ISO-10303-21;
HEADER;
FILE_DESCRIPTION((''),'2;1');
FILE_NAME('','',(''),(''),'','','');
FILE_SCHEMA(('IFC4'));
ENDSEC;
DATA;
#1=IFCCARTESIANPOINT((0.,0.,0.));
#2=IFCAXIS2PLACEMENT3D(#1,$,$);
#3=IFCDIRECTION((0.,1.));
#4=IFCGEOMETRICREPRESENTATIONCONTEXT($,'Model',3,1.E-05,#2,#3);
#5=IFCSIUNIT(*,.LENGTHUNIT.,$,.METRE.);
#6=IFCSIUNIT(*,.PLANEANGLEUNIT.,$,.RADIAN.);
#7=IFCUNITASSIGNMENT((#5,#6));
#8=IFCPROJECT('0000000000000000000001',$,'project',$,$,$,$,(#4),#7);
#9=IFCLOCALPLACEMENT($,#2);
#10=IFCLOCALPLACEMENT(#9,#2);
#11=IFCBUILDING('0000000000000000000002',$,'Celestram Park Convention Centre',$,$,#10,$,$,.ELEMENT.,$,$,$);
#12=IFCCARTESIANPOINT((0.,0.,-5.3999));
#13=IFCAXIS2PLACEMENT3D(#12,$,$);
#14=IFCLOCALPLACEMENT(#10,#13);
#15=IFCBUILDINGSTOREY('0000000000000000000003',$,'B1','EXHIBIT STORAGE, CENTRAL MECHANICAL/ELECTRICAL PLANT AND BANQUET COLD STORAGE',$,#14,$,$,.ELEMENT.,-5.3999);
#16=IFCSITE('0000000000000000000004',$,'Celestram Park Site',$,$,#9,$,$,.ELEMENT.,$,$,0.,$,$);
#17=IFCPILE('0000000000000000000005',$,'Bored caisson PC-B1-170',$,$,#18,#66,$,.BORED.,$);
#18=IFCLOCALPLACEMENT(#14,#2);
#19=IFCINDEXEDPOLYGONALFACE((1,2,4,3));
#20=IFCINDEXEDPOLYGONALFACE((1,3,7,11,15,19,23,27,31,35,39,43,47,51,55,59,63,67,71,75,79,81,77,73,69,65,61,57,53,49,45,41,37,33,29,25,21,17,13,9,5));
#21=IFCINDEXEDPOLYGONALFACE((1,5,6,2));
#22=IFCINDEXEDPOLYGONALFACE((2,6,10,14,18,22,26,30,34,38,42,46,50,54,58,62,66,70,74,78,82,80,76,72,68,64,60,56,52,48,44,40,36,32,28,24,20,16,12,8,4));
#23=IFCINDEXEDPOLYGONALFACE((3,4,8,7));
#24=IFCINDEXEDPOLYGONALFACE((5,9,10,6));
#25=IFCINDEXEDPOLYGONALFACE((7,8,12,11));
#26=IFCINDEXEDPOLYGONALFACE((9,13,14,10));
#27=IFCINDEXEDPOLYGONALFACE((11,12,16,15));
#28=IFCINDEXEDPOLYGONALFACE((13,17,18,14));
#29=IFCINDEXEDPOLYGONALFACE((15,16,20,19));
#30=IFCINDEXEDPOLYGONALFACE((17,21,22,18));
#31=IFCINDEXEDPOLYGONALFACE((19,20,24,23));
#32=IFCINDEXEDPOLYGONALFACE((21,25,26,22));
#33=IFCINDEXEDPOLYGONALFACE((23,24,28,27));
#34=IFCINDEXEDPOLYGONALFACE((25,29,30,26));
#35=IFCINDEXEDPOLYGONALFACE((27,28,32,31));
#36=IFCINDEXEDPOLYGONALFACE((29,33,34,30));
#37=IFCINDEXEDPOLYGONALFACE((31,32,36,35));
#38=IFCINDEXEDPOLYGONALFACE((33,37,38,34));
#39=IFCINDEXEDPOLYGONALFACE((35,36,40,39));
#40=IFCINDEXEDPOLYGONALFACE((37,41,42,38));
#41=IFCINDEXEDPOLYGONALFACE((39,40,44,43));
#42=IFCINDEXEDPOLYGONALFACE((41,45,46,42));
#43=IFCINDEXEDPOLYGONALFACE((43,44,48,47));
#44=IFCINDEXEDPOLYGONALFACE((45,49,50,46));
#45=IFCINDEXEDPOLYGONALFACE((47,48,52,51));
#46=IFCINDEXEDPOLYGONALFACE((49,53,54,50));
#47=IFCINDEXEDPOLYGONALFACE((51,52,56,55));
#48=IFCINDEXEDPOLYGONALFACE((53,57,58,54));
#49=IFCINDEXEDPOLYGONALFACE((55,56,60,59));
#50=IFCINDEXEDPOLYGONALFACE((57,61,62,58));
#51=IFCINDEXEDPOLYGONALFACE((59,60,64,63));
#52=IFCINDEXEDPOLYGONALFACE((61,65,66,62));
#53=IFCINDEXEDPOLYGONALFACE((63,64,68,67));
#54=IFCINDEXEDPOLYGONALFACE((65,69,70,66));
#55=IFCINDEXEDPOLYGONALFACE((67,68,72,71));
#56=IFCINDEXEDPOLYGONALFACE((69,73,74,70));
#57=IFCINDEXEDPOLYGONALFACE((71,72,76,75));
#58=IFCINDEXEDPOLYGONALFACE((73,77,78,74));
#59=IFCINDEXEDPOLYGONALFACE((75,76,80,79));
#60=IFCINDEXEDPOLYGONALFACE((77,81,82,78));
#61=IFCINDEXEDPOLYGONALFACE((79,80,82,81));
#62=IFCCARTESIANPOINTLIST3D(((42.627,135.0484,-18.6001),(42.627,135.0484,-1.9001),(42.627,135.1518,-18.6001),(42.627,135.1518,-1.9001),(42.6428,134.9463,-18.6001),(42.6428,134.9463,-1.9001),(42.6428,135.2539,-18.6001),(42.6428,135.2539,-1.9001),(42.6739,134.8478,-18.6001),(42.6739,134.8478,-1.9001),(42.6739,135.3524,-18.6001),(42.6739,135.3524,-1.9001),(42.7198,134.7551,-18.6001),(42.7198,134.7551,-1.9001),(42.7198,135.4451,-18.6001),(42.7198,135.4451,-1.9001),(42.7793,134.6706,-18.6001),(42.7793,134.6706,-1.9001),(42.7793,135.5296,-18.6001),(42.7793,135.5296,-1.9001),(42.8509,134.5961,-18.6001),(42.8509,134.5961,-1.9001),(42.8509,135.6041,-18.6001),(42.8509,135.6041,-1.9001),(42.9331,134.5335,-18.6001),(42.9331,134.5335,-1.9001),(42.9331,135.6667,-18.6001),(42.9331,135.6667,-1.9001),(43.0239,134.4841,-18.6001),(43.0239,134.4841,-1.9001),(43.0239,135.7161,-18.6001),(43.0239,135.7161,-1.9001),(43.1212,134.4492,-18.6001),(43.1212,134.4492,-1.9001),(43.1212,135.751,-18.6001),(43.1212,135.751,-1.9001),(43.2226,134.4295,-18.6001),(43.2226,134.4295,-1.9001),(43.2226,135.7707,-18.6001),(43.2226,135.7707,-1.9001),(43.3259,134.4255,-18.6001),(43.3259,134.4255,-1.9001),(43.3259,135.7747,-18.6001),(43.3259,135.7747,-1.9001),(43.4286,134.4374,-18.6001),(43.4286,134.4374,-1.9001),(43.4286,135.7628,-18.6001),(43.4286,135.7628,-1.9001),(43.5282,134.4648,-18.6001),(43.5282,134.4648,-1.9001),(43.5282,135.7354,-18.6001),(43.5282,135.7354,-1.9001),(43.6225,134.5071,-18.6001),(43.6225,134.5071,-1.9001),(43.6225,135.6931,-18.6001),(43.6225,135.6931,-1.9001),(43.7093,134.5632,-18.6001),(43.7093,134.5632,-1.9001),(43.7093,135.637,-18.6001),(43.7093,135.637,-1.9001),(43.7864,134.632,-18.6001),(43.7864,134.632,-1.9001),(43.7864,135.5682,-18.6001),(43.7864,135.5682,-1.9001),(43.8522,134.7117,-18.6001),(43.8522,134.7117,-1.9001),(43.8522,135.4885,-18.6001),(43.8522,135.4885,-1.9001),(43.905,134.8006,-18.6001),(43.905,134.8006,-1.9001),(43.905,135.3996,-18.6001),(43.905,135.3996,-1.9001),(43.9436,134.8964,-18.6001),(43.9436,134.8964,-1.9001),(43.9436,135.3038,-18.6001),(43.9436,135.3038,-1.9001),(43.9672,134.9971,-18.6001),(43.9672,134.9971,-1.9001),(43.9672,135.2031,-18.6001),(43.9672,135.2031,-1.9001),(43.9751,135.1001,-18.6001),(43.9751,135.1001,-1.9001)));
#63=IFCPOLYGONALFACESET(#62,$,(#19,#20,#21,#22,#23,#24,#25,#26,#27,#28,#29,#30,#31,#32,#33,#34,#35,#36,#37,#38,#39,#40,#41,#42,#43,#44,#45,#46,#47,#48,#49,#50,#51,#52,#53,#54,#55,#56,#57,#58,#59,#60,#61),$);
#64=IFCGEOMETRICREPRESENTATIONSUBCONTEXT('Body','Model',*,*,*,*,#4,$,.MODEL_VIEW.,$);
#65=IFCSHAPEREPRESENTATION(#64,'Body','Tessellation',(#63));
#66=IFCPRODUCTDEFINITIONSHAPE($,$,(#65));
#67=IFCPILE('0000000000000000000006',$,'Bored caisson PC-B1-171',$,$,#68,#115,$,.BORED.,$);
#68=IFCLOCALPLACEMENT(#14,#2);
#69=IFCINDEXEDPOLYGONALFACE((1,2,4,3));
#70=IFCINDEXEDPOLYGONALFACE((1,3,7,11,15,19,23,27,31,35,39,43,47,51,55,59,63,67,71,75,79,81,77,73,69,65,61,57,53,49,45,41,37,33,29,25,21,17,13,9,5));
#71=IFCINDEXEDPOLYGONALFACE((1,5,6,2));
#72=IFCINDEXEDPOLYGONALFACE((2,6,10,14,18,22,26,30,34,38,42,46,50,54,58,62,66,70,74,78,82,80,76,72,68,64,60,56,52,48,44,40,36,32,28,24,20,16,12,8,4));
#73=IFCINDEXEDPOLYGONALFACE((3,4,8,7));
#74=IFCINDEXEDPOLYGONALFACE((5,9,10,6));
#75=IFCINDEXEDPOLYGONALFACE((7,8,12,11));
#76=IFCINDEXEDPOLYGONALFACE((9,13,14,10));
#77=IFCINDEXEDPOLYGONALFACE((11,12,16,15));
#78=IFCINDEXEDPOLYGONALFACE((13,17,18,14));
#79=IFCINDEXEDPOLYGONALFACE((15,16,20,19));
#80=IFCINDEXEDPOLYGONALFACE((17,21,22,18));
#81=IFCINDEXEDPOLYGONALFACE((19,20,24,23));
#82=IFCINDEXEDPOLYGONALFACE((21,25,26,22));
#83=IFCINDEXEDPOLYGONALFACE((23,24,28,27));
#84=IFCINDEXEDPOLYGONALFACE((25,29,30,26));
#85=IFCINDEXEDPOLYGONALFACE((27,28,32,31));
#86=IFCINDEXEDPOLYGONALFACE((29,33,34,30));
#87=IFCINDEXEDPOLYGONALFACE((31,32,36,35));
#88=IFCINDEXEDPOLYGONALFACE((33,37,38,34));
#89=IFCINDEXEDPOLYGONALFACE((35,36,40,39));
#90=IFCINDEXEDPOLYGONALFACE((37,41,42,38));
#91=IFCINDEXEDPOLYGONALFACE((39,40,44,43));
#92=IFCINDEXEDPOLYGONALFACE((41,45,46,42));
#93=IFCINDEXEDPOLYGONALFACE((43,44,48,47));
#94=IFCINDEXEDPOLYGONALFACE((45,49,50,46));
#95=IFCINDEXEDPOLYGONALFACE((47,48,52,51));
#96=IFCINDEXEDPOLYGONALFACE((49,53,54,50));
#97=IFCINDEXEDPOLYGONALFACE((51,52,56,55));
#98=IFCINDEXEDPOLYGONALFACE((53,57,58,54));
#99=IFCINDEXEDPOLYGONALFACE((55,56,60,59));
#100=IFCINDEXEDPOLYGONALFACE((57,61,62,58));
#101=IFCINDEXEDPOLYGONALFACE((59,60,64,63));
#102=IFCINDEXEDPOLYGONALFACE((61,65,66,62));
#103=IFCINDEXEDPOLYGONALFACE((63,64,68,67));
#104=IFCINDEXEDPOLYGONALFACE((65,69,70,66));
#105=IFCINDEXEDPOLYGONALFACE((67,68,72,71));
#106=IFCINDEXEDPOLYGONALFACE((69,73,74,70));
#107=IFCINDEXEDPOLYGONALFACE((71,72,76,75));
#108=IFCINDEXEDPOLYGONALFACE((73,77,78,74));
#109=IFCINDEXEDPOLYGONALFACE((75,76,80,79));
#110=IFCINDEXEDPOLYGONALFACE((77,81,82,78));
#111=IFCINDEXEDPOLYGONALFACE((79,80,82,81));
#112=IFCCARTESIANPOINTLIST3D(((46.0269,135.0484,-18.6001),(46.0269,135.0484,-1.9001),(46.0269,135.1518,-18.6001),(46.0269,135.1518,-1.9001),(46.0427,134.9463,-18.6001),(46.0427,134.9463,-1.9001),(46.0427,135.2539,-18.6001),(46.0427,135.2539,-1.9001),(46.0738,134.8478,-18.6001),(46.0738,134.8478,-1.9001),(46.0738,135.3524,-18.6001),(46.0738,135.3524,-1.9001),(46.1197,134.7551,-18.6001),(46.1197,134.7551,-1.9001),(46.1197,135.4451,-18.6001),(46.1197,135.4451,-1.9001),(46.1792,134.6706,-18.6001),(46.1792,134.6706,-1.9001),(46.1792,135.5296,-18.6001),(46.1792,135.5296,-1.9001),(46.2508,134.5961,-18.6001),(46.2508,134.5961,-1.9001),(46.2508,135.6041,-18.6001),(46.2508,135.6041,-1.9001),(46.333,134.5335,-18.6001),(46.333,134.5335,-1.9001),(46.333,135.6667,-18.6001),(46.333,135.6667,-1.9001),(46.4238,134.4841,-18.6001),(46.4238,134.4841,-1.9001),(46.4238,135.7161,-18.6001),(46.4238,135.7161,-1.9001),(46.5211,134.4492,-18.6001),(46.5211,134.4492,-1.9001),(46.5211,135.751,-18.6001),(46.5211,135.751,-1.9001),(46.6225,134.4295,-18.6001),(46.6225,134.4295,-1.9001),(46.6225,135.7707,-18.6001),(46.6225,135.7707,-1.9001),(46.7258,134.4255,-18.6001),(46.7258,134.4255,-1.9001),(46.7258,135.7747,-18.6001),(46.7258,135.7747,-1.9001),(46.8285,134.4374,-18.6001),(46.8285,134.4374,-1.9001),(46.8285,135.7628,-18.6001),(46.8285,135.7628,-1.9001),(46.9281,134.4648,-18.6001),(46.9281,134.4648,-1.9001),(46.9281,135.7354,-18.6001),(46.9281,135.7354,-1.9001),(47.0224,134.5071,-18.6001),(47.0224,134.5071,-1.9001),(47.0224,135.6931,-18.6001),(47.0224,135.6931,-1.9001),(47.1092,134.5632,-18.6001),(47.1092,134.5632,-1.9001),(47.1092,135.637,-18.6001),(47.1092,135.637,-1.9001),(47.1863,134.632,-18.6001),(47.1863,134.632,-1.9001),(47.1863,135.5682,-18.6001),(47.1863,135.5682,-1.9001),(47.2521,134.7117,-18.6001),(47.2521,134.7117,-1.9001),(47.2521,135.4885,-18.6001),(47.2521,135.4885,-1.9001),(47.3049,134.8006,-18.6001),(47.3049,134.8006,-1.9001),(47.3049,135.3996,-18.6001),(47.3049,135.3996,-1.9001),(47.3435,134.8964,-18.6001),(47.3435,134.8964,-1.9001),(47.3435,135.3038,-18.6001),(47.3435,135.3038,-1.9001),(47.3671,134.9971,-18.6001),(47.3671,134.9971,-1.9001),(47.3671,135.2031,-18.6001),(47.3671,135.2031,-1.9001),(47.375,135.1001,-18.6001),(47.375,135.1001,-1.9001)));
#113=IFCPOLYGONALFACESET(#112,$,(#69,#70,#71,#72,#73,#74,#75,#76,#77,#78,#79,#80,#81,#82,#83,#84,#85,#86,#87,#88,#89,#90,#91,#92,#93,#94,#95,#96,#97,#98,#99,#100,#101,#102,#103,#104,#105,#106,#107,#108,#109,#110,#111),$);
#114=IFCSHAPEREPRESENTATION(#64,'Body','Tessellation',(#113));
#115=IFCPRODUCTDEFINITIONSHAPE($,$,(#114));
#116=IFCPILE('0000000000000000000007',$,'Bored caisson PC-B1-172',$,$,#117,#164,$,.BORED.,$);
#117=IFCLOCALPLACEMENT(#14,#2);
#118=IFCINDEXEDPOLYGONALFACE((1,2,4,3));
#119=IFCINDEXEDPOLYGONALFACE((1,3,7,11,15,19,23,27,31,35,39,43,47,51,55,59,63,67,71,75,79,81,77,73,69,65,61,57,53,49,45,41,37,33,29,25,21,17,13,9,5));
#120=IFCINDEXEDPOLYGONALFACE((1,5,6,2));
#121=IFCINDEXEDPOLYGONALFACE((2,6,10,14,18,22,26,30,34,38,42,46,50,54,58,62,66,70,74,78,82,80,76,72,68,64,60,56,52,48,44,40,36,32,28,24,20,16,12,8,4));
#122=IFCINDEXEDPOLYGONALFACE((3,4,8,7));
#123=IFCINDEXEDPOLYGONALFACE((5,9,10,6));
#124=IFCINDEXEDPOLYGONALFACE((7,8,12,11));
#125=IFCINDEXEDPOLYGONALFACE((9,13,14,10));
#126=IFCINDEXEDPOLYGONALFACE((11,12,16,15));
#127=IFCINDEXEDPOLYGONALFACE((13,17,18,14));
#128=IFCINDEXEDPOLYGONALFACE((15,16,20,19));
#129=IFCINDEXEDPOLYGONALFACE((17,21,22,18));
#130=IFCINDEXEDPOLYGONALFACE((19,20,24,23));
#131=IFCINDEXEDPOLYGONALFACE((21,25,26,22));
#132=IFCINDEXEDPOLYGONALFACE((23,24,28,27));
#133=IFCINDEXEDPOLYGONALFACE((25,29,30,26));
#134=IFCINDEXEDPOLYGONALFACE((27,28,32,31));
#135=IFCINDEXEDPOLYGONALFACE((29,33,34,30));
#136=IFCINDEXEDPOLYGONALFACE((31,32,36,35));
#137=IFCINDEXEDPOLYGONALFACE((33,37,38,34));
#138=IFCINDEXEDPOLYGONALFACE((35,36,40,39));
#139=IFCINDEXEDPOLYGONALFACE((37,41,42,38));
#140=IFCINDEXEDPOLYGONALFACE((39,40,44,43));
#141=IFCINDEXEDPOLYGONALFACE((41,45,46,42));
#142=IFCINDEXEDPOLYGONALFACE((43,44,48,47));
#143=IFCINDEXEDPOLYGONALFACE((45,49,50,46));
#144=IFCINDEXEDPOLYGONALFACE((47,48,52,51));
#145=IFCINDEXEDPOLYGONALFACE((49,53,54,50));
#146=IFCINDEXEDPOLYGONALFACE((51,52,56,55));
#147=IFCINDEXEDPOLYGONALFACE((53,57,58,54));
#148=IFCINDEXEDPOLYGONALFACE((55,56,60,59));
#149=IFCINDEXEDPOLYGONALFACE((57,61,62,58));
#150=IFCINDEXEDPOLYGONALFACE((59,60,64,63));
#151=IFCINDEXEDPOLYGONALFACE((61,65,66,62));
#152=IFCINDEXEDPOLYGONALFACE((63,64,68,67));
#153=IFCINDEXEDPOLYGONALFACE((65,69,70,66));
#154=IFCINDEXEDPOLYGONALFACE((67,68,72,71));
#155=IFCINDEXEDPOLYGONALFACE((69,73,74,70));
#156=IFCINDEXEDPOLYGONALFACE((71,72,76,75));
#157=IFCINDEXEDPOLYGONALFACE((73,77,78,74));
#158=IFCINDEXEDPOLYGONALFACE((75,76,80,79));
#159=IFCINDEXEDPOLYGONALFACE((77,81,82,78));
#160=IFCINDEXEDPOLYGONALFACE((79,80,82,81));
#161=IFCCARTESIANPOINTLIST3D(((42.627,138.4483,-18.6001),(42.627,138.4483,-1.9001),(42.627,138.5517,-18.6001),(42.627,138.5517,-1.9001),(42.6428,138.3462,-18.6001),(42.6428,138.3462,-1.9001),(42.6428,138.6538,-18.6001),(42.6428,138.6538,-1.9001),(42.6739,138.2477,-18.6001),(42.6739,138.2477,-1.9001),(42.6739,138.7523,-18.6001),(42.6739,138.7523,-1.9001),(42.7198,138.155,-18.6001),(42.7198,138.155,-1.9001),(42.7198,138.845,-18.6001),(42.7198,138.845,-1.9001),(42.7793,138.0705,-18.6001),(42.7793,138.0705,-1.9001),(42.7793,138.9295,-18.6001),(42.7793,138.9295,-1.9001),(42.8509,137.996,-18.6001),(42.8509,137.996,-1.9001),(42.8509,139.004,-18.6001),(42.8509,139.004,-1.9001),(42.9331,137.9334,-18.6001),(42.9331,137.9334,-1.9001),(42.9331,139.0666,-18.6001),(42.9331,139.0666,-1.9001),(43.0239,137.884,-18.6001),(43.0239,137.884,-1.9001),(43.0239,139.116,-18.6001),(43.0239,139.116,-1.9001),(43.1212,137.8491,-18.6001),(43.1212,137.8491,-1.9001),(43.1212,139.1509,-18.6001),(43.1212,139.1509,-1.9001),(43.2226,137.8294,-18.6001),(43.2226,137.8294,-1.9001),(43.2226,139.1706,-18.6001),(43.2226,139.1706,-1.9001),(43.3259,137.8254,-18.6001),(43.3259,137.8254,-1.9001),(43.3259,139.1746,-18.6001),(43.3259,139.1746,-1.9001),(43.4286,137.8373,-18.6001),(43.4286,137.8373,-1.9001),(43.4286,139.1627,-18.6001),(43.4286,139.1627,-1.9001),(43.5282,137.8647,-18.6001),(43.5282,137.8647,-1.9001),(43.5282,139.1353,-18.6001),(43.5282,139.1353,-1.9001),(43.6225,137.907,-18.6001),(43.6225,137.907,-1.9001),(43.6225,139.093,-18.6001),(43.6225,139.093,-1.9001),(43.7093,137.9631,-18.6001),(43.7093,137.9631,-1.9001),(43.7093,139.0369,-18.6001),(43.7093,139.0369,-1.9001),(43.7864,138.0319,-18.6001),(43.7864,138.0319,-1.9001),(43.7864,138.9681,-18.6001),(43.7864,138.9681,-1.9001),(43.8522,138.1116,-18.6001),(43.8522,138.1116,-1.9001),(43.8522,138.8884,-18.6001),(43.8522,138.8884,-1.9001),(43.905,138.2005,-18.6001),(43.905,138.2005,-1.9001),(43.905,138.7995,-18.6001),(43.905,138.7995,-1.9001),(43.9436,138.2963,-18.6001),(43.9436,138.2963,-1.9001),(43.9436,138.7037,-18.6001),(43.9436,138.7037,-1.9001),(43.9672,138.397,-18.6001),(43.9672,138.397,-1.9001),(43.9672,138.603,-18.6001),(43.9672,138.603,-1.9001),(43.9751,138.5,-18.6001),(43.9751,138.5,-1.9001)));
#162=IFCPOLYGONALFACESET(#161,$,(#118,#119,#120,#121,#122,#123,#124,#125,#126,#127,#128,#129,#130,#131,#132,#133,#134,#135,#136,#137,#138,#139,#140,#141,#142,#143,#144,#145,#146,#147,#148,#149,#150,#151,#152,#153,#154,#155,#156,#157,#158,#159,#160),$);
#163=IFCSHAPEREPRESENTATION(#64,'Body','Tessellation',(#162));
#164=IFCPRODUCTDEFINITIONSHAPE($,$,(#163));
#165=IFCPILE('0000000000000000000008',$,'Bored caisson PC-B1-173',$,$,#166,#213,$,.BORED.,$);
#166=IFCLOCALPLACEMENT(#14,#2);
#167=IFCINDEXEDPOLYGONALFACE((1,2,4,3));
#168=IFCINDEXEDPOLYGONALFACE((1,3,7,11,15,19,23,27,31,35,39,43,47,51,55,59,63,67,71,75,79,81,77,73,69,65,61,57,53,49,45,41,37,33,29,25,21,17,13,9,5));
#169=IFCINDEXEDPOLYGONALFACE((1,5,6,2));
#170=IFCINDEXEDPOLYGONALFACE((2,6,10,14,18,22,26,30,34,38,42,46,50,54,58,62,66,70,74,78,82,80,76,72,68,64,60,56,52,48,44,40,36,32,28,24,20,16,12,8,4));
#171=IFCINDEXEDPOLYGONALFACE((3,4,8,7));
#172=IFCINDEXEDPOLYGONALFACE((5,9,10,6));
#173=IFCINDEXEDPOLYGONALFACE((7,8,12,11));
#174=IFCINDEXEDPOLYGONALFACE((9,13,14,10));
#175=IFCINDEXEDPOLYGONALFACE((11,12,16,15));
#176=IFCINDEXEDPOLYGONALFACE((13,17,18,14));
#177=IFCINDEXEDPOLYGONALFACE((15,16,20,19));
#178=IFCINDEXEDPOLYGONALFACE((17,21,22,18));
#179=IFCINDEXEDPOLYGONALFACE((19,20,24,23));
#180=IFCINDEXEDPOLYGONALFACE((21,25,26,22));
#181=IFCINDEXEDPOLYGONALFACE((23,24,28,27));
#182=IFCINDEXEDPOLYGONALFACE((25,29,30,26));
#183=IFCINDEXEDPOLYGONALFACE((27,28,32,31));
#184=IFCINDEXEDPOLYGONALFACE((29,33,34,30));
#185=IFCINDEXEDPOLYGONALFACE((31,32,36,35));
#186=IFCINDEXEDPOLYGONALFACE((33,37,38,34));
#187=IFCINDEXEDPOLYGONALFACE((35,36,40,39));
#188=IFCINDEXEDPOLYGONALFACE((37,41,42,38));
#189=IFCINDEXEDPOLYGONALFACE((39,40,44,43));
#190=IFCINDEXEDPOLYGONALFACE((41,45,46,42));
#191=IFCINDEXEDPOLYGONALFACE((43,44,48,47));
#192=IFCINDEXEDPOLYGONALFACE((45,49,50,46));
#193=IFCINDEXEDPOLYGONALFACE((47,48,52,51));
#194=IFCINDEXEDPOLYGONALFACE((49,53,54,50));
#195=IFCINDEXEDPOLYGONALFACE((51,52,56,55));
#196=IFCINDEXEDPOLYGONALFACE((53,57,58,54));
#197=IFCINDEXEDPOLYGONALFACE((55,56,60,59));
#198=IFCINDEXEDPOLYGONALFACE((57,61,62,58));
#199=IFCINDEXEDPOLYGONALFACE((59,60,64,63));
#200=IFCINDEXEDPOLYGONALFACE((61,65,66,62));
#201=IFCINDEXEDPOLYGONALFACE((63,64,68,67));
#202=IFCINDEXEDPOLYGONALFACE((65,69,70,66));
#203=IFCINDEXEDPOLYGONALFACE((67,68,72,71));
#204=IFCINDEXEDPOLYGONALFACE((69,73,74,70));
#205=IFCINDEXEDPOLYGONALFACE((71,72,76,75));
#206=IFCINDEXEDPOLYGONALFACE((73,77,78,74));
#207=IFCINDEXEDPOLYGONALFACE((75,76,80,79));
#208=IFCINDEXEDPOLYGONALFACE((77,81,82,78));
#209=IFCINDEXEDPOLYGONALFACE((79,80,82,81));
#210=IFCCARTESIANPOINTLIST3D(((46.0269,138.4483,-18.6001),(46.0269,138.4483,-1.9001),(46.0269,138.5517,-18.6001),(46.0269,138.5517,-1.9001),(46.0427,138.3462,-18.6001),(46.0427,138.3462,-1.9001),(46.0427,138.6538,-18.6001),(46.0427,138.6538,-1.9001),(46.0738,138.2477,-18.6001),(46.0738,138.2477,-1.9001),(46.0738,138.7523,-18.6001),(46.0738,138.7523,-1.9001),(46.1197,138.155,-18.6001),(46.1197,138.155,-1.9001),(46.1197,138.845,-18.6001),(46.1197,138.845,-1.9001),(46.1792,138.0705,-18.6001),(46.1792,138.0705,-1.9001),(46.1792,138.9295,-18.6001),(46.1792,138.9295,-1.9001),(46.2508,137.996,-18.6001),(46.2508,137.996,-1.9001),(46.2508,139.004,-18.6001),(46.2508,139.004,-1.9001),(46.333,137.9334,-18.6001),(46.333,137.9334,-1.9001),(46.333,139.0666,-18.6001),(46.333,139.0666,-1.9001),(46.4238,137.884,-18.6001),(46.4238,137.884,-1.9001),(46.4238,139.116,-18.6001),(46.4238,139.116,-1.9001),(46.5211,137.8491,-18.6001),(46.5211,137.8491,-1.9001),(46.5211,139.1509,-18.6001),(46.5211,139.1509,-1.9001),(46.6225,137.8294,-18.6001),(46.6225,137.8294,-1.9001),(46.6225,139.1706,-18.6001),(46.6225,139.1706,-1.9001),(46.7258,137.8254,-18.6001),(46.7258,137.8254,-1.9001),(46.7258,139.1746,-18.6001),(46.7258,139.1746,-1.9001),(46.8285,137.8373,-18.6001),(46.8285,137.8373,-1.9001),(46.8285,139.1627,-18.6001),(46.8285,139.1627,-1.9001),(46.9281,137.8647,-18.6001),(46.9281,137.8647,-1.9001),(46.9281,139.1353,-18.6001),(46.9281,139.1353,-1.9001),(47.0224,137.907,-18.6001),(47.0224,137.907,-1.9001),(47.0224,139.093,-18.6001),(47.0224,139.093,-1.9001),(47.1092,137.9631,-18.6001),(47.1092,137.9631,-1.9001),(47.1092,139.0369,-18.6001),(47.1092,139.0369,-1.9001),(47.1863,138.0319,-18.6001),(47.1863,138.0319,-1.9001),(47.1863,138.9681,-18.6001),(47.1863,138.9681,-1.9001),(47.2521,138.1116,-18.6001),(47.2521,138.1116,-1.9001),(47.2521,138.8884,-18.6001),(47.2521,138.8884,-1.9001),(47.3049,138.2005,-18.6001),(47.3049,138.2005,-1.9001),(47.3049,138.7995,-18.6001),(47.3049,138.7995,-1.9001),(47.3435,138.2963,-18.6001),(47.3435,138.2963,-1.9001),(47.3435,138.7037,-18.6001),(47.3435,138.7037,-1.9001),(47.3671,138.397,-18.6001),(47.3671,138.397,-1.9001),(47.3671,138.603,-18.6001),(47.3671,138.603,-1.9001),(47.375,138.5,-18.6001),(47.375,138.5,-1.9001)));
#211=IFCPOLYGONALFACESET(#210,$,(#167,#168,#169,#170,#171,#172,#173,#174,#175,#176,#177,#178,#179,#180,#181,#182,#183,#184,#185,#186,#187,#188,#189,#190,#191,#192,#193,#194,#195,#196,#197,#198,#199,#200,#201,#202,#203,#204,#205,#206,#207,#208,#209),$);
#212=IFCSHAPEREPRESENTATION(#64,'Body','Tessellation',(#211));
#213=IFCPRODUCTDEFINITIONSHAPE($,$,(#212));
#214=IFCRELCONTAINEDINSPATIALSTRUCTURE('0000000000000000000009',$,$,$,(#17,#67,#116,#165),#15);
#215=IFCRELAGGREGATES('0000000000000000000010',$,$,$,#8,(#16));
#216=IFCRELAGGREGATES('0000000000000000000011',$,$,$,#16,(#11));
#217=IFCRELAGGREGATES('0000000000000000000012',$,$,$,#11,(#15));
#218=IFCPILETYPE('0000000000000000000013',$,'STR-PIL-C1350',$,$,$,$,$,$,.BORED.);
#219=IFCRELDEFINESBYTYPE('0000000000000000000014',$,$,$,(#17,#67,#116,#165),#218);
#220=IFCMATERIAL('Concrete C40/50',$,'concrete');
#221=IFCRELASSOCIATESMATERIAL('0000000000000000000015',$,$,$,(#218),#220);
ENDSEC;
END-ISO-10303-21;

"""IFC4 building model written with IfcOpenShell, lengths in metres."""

from ifc_helpers import new_model, si_unit, direction, frame, origin, origin_2d, place, context, subcontext, project, spatial, circle, extrude, material, material_profile, profile_set, type_object, element, save


model = new_model("IFC4")

# Units and contexts
model_context = context("Model", 3, precision=1e-05, world=origin(), true_north=direction((0.0, 1.0)))
body_context = subcontext(model_context, "Body", "Model", "MODEL_VIEW")
ifc_project = project(units=[si_unit("LENGTHUNIT", "METRE"), si_unit("PLANEANGLEUNIT", "RADIAN")], contexts=[model_context])

# Site, building, storey
site_placement = place(None, origin())
site = spatial("IfcSite", under=ifc_project, at=site_placement, Name="Celestram Park Site", CompositionType="ELEMENT", RefElevation=0.0)
building_placement = place(site_placement, origin())
building = spatial("IfcBuilding", under=site, at=building_placement, Name="Celestram Park Convention Centre", CompositionType="ELEMENT")
storey_placement = place(building_placement, frame((0.0, 0.0, -5.3999)))
storey = spatial("IfcBuildingStorey", under=building, at=storey_placement, Name="B1", Description="EXHIBIT STORAGE, CENTRAL MECHANICAL/ELECTRICAL PLANT AND BANQUET COLD STORAGE", CompositionType="ELEMENT", Elevation=-5.3999)

# Shared definitions
ifc_material_1 = material(Name="Concrete C40/50", Category="concrete")

# Piles
ifc_material_profile_1 = material_profile(ifc_material_1, circle(Radius=0.675, at=origin_2d()), Name="CAISSON1350")
ifc_profile_set_1 = profile_set([ifc_material_profile_1], Name="Concrete C40/50")
pile_type = type_object("IfcPileType", Name="STR-PIL-C1350", PredefinedType="BORED", material=ifc_profile_set_1)
for number, where, z_axis, x_axis, name in (
    (1, (43.3, 135.1001, -1.9001), (0.0, 0.0, -1.0), (1.0, 0.0, 0.0), "Bored caisson PC-B1-170"),
    (2, (46.7, 135.1001, -1.9001), (0.0, 0.0, -1.0), (1.0, 0.0, 0.0), "Bored caisson PC-B1-171"),
    (3, (43.3, 138.5, -1.9001), (0.0, 0.0, -1.0), (1.0, 0.0, 0.0), "Bored caisson PC-B1-172"),
    (4, (46.7, 138.5, -1.9001), (0.0, 0.0, -1.0), (1.0, 0.0, 0.0), "Bored caisson PC-B1-173"),
):
    element("IfcPile", number, at=place(storey_placement, frame(where, z_axis=z_axis, x_axis=x_axis)), inside=storey, type_object=pile_type, Name=name, PredefinedType="BORED", context=body_context, shape_type="SweptSolid", body=[
        extrude(circle(Radius=0.675, at=origin_2d()), origin(), (0.0, 0.0, 1.0), 16.7),
    ])

save(model, "model.ifc")
